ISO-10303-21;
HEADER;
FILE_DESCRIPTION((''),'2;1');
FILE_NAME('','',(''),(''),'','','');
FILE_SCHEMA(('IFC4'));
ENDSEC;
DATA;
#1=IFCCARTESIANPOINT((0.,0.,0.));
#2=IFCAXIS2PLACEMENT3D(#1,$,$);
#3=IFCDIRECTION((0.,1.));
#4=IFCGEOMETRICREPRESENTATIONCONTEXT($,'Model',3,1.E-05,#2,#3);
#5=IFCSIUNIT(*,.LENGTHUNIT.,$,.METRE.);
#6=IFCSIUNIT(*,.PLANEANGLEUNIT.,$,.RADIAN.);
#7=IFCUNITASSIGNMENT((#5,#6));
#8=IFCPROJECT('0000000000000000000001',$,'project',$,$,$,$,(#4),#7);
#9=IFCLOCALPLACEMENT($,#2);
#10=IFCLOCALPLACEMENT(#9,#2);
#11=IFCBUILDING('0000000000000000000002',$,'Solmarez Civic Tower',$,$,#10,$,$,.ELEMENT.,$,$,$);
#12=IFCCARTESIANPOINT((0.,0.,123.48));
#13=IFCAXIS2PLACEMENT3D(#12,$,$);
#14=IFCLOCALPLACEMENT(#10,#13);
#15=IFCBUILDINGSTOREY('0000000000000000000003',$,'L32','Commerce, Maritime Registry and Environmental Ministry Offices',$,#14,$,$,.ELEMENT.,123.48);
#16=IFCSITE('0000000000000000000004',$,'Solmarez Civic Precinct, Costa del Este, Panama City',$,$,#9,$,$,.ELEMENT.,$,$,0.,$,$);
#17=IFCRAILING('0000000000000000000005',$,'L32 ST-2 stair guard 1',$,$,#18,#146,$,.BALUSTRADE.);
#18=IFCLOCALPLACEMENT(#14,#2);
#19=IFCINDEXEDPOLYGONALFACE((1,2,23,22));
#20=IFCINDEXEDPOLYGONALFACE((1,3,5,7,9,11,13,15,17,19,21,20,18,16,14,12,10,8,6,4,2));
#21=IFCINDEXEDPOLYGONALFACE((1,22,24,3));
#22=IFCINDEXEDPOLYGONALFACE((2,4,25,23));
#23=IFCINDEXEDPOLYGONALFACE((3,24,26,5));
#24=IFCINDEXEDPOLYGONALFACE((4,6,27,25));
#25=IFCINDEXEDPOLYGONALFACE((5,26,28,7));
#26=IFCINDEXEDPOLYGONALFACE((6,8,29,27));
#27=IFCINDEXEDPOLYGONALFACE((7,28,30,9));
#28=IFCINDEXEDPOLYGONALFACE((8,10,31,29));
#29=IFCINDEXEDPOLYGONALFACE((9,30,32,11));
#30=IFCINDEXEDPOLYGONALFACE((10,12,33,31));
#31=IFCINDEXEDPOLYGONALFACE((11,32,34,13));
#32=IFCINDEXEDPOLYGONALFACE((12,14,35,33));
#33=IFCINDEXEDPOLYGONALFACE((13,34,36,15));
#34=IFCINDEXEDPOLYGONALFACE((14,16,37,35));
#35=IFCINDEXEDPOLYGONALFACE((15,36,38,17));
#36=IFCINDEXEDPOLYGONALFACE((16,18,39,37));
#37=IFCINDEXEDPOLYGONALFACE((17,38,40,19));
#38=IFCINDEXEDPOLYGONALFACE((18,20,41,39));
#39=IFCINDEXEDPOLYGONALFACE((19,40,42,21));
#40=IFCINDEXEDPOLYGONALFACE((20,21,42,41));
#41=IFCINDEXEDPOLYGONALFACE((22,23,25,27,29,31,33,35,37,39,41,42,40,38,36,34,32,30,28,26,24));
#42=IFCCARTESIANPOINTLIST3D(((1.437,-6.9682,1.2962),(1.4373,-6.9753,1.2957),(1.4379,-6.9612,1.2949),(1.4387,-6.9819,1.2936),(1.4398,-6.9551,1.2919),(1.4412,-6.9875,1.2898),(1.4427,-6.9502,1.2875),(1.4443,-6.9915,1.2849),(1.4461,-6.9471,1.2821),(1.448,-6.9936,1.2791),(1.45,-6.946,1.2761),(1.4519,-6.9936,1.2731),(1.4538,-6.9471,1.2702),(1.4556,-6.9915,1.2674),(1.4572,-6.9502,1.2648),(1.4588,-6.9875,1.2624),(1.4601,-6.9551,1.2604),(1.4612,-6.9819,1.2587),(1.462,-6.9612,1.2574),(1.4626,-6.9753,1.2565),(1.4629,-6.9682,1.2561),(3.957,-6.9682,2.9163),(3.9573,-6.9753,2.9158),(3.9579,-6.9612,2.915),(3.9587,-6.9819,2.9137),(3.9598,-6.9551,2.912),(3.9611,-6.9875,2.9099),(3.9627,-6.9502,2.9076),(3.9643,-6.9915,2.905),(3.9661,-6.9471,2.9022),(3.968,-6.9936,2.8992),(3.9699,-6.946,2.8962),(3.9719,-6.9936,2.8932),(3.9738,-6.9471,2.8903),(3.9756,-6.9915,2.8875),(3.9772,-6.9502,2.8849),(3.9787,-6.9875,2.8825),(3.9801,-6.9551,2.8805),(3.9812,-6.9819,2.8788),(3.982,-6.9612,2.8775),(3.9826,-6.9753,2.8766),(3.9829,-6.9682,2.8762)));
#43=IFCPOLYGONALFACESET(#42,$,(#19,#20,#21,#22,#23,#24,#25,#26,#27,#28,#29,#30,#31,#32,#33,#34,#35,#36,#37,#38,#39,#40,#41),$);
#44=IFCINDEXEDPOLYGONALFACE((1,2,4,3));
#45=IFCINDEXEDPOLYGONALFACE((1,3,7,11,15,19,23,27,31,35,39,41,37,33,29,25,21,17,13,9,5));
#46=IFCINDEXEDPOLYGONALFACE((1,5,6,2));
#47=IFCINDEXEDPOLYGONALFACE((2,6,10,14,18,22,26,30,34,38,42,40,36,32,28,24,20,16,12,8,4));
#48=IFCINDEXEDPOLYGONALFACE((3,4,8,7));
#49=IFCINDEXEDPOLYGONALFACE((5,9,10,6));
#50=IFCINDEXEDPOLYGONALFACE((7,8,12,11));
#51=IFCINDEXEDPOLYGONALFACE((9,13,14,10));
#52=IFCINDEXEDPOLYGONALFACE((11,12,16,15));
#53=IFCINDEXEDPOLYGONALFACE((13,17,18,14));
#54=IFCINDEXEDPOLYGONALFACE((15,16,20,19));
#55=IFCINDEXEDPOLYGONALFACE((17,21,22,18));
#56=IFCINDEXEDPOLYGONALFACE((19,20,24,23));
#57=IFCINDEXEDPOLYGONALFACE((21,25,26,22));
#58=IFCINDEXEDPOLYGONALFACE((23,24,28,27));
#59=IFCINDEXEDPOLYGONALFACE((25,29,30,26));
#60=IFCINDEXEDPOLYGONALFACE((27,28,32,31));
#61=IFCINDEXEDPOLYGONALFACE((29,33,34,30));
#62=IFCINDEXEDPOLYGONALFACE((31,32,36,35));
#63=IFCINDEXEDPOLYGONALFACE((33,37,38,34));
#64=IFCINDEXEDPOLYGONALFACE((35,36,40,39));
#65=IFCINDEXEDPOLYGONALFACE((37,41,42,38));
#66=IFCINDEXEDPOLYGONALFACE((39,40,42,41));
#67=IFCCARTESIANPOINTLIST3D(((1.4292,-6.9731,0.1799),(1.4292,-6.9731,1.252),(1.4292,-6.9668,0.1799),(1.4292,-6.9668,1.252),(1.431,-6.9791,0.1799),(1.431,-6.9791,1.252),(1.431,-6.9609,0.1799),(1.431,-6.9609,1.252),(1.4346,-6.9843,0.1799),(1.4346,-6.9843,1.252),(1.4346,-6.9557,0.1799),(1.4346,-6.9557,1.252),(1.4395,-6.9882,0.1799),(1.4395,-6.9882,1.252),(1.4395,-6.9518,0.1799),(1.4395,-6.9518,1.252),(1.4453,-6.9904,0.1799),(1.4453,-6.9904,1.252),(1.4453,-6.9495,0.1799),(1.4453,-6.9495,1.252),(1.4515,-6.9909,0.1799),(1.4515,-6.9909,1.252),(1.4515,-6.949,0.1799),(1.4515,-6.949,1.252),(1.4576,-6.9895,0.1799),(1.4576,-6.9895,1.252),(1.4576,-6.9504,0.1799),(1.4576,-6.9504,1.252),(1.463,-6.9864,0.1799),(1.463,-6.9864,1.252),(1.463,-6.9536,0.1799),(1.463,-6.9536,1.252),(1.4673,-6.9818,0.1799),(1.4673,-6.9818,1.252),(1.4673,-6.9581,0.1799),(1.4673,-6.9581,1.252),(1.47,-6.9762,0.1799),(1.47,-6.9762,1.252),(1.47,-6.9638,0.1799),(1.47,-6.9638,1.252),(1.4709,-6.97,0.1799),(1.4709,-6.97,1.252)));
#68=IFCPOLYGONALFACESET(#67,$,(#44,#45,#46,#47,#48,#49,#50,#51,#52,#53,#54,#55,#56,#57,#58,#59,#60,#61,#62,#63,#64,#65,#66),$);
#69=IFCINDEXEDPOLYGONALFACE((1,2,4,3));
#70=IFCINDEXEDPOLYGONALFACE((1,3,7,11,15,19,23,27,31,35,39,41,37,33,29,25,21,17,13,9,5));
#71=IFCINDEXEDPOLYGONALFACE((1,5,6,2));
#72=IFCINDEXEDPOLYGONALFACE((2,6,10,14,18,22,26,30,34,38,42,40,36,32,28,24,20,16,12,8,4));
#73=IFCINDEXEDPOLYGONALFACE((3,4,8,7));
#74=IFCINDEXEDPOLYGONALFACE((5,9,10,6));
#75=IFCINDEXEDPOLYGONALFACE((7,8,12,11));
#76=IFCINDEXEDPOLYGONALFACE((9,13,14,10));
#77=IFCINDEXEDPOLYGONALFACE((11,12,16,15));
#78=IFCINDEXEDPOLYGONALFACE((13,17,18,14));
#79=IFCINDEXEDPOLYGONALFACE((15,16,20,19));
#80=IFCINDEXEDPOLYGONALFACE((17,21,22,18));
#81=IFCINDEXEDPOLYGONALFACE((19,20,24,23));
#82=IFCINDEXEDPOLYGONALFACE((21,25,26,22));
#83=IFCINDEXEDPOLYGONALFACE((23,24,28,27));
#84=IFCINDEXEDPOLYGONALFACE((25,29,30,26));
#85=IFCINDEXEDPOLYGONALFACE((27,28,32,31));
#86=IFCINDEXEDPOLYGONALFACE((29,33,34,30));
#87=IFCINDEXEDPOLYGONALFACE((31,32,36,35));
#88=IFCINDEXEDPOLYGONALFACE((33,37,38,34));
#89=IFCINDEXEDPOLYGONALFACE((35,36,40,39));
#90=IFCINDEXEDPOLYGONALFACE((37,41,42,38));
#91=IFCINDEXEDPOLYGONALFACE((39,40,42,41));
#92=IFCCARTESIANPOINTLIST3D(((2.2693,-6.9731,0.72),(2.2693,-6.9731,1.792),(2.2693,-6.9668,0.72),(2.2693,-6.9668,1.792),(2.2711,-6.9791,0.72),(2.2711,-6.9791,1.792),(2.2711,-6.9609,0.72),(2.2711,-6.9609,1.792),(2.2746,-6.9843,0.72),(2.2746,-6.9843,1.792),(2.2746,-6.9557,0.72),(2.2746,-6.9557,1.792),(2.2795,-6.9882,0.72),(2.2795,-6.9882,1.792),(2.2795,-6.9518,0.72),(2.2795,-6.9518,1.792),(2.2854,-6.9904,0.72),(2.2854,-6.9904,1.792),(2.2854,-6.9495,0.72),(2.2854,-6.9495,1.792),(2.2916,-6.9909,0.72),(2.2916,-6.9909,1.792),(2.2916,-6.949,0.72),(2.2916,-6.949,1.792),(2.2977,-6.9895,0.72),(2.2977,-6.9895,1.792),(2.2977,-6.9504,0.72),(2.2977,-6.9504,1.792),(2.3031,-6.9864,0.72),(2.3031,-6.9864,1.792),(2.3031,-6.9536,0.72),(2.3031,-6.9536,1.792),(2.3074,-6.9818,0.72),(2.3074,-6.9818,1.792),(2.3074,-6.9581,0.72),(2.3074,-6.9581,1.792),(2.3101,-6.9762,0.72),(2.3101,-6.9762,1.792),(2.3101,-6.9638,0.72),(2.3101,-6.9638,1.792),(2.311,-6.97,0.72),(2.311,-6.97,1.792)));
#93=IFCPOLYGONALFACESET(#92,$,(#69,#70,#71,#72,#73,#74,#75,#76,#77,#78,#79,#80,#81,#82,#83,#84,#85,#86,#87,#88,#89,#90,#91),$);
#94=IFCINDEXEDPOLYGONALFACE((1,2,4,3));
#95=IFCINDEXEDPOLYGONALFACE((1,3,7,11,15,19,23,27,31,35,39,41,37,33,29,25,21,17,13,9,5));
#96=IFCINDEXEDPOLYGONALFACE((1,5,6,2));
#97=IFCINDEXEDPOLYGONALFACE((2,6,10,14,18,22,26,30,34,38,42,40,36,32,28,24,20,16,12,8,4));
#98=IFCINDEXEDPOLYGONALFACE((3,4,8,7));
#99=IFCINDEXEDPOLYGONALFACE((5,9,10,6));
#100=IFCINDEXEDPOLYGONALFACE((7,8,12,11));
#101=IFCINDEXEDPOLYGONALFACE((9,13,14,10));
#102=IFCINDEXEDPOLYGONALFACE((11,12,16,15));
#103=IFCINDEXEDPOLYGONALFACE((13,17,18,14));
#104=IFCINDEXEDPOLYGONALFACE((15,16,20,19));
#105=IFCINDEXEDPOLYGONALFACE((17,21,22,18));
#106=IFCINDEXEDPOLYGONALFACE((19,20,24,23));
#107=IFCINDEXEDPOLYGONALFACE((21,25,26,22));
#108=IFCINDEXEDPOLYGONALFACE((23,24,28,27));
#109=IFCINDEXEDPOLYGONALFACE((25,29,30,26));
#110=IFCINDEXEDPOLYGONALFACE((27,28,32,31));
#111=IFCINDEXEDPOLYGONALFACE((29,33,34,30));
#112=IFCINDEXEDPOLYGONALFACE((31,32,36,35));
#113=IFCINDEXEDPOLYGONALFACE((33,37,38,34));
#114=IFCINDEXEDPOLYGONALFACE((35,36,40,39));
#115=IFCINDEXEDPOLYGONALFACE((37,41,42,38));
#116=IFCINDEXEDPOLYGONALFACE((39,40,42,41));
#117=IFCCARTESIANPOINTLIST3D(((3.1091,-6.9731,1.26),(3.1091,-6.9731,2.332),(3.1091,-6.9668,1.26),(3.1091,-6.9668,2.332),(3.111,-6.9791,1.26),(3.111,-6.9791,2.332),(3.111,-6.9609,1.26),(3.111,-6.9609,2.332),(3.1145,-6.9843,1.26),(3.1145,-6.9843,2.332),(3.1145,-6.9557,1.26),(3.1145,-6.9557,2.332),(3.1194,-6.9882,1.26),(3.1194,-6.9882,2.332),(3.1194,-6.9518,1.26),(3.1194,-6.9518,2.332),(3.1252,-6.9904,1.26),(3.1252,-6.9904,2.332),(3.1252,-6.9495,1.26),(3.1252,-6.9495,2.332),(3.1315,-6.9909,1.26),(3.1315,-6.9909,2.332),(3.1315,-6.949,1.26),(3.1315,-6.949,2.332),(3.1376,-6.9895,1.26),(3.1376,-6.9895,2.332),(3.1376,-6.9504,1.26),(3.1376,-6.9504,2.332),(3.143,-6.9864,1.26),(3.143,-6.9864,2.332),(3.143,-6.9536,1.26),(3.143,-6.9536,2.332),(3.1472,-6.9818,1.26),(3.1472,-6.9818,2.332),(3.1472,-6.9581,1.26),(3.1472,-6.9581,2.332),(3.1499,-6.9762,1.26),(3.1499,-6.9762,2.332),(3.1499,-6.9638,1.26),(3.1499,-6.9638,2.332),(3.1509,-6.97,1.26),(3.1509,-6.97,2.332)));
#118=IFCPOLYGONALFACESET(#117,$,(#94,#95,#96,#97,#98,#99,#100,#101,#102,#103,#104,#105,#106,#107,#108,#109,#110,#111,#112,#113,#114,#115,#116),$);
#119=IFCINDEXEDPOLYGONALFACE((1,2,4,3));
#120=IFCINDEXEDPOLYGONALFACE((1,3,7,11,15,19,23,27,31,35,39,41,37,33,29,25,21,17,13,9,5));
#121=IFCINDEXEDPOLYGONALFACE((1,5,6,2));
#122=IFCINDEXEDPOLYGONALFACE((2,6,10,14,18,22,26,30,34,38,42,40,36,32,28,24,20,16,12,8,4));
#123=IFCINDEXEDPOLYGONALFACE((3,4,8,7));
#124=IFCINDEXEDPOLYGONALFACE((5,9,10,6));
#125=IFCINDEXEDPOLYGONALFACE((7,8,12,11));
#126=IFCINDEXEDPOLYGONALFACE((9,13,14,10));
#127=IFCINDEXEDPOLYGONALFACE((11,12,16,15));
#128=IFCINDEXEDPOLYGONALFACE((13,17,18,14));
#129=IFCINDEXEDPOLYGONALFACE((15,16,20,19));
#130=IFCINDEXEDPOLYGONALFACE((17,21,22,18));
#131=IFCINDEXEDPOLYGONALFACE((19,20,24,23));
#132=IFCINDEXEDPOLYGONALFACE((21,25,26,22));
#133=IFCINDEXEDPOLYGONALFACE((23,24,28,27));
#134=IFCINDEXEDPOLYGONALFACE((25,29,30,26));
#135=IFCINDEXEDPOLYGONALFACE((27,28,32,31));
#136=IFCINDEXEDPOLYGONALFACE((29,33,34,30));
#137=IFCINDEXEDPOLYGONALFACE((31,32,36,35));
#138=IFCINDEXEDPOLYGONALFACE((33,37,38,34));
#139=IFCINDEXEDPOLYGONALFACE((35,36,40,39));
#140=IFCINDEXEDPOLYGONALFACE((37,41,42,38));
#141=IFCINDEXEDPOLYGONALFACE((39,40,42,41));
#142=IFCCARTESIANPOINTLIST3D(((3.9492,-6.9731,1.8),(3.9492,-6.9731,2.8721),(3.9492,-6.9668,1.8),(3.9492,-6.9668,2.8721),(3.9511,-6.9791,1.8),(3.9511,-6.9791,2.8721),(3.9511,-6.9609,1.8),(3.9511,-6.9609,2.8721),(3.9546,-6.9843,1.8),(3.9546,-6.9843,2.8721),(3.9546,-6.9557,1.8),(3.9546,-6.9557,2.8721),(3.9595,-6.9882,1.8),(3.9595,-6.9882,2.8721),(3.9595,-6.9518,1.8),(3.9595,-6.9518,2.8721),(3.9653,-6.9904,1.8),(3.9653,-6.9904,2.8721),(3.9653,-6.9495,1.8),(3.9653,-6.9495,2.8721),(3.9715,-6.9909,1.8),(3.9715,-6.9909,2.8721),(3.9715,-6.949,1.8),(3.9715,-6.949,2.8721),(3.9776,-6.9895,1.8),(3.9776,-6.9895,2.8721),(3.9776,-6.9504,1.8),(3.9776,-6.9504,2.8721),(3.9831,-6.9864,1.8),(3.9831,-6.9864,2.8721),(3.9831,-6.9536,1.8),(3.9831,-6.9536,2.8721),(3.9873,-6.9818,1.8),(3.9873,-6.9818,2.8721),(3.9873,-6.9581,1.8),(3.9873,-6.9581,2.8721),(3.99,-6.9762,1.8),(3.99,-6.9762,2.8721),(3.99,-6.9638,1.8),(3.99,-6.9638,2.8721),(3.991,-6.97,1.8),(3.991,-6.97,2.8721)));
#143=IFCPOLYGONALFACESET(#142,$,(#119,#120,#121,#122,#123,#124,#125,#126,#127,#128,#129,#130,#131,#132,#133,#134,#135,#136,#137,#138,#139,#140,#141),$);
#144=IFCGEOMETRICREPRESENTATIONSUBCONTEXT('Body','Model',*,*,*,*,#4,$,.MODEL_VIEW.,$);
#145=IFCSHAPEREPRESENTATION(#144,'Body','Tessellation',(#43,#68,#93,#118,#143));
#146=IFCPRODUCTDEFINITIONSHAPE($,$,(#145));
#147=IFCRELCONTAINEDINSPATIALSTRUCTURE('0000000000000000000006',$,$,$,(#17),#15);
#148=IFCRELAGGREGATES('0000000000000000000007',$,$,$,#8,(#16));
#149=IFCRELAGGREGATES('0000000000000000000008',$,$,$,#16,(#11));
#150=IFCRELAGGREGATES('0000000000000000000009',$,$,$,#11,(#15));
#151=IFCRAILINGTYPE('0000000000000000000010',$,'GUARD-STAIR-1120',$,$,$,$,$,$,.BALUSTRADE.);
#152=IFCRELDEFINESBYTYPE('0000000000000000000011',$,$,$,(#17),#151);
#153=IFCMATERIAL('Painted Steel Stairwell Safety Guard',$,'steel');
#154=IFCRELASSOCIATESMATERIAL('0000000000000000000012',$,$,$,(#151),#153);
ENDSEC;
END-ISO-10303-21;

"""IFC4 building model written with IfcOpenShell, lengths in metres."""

from ifc_helpers import new_model, si_unit, direction, frame, origin, origin_2d, place, context, subcontext, project, spatial, circle, extrude, material, type_object, element, save


model = new_model("IFC4")

# Units and contexts
model_context = context("Model", 3, precision=1e-05, world=origin(), true_north=direction((0.0, 1.0)))
body_context = subcontext(model_context, "Body", "Model", "MODEL_VIEW")
ifc_project = project(units=[si_unit("LENGTHUNIT", "METRE"), si_unit("PLANEANGLEUNIT", "RADIAN")], contexts=[model_context])

# Site, building, storey
site_placement = place(None, origin())
site = spatial("IfcSite", under=ifc_project, at=site_placement, Name="Solmarez Civic Precinct, Costa del Este, Panama City", CompositionType="ELEMENT", RefElevation=0.0)
building_placement = place(site_placement, origin())
building = spatial("IfcBuilding", under=site, at=building_placement, Name="Solmarez Civic Tower", CompositionType="ELEMENT")
storey_placement = place(building_placement, frame((0.0, 0.0, 123.48)))
storey = spatial("IfcBuildingStorey", under=building, at=storey_placement, Name="L32", Description="Commerce, Maritime Registry and Environmental Ministry Offices", CompositionType="ELEMENT", Elevation=123.48)

# Railing
ifc_material_1 = material(Name="Painted Steel Stairwell Safety Guard", Category="steel")
railing_type_1 = type_object("IfcRailingType", Name="GUARD-STAIR-1120", PredefinedType="BALUSTRADE", material=ifc_material_1)
railing_1_placement = place(storey_placement, frame((1.45, -6.97, 0.1799)))
element("IfcRailing", 1, at=railing_1_placement, inside=storey, type_object=railing_type_1, Name="L32 ST-2 stair guard 1", PredefinedType="BALUSTRADE", context=body_context, shape_type="SweptSolid", body=[
    extrude(circle(Radius=0.0239, at=origin_2d()), frame((0.0, 0.0, 1.0962), z_axis=(0.841163, 0.0, 0.540782), x_axis=(0.0, 1.0, 0.0)), (0.0, 0.0, 1.0), 2.9958),
    extrude(circle(Radius=0.021, at=origin_2d()), origin(), (0.0, 0.0, 1.0), 1.072),
    extrude(circle(Radius=0.021, at=origin_2d()), frame((0.8401, 0.0, 0.54)), (0.0, 0.0, 1.0), 1.072),
    extrude(circle(Radius=0.021, at=origin_2d()), frame((1.6799, 0.0, 1.0801)), (0.0, 0.0, 1.0), 1.072),
    extrude(circle(Radius=0.021, at=origin_2d()), frame((2.52, 0.0, 1.6201)), (0.0, 0.0, 1.0), 1.072),
])

save(model, "model.ifc")
